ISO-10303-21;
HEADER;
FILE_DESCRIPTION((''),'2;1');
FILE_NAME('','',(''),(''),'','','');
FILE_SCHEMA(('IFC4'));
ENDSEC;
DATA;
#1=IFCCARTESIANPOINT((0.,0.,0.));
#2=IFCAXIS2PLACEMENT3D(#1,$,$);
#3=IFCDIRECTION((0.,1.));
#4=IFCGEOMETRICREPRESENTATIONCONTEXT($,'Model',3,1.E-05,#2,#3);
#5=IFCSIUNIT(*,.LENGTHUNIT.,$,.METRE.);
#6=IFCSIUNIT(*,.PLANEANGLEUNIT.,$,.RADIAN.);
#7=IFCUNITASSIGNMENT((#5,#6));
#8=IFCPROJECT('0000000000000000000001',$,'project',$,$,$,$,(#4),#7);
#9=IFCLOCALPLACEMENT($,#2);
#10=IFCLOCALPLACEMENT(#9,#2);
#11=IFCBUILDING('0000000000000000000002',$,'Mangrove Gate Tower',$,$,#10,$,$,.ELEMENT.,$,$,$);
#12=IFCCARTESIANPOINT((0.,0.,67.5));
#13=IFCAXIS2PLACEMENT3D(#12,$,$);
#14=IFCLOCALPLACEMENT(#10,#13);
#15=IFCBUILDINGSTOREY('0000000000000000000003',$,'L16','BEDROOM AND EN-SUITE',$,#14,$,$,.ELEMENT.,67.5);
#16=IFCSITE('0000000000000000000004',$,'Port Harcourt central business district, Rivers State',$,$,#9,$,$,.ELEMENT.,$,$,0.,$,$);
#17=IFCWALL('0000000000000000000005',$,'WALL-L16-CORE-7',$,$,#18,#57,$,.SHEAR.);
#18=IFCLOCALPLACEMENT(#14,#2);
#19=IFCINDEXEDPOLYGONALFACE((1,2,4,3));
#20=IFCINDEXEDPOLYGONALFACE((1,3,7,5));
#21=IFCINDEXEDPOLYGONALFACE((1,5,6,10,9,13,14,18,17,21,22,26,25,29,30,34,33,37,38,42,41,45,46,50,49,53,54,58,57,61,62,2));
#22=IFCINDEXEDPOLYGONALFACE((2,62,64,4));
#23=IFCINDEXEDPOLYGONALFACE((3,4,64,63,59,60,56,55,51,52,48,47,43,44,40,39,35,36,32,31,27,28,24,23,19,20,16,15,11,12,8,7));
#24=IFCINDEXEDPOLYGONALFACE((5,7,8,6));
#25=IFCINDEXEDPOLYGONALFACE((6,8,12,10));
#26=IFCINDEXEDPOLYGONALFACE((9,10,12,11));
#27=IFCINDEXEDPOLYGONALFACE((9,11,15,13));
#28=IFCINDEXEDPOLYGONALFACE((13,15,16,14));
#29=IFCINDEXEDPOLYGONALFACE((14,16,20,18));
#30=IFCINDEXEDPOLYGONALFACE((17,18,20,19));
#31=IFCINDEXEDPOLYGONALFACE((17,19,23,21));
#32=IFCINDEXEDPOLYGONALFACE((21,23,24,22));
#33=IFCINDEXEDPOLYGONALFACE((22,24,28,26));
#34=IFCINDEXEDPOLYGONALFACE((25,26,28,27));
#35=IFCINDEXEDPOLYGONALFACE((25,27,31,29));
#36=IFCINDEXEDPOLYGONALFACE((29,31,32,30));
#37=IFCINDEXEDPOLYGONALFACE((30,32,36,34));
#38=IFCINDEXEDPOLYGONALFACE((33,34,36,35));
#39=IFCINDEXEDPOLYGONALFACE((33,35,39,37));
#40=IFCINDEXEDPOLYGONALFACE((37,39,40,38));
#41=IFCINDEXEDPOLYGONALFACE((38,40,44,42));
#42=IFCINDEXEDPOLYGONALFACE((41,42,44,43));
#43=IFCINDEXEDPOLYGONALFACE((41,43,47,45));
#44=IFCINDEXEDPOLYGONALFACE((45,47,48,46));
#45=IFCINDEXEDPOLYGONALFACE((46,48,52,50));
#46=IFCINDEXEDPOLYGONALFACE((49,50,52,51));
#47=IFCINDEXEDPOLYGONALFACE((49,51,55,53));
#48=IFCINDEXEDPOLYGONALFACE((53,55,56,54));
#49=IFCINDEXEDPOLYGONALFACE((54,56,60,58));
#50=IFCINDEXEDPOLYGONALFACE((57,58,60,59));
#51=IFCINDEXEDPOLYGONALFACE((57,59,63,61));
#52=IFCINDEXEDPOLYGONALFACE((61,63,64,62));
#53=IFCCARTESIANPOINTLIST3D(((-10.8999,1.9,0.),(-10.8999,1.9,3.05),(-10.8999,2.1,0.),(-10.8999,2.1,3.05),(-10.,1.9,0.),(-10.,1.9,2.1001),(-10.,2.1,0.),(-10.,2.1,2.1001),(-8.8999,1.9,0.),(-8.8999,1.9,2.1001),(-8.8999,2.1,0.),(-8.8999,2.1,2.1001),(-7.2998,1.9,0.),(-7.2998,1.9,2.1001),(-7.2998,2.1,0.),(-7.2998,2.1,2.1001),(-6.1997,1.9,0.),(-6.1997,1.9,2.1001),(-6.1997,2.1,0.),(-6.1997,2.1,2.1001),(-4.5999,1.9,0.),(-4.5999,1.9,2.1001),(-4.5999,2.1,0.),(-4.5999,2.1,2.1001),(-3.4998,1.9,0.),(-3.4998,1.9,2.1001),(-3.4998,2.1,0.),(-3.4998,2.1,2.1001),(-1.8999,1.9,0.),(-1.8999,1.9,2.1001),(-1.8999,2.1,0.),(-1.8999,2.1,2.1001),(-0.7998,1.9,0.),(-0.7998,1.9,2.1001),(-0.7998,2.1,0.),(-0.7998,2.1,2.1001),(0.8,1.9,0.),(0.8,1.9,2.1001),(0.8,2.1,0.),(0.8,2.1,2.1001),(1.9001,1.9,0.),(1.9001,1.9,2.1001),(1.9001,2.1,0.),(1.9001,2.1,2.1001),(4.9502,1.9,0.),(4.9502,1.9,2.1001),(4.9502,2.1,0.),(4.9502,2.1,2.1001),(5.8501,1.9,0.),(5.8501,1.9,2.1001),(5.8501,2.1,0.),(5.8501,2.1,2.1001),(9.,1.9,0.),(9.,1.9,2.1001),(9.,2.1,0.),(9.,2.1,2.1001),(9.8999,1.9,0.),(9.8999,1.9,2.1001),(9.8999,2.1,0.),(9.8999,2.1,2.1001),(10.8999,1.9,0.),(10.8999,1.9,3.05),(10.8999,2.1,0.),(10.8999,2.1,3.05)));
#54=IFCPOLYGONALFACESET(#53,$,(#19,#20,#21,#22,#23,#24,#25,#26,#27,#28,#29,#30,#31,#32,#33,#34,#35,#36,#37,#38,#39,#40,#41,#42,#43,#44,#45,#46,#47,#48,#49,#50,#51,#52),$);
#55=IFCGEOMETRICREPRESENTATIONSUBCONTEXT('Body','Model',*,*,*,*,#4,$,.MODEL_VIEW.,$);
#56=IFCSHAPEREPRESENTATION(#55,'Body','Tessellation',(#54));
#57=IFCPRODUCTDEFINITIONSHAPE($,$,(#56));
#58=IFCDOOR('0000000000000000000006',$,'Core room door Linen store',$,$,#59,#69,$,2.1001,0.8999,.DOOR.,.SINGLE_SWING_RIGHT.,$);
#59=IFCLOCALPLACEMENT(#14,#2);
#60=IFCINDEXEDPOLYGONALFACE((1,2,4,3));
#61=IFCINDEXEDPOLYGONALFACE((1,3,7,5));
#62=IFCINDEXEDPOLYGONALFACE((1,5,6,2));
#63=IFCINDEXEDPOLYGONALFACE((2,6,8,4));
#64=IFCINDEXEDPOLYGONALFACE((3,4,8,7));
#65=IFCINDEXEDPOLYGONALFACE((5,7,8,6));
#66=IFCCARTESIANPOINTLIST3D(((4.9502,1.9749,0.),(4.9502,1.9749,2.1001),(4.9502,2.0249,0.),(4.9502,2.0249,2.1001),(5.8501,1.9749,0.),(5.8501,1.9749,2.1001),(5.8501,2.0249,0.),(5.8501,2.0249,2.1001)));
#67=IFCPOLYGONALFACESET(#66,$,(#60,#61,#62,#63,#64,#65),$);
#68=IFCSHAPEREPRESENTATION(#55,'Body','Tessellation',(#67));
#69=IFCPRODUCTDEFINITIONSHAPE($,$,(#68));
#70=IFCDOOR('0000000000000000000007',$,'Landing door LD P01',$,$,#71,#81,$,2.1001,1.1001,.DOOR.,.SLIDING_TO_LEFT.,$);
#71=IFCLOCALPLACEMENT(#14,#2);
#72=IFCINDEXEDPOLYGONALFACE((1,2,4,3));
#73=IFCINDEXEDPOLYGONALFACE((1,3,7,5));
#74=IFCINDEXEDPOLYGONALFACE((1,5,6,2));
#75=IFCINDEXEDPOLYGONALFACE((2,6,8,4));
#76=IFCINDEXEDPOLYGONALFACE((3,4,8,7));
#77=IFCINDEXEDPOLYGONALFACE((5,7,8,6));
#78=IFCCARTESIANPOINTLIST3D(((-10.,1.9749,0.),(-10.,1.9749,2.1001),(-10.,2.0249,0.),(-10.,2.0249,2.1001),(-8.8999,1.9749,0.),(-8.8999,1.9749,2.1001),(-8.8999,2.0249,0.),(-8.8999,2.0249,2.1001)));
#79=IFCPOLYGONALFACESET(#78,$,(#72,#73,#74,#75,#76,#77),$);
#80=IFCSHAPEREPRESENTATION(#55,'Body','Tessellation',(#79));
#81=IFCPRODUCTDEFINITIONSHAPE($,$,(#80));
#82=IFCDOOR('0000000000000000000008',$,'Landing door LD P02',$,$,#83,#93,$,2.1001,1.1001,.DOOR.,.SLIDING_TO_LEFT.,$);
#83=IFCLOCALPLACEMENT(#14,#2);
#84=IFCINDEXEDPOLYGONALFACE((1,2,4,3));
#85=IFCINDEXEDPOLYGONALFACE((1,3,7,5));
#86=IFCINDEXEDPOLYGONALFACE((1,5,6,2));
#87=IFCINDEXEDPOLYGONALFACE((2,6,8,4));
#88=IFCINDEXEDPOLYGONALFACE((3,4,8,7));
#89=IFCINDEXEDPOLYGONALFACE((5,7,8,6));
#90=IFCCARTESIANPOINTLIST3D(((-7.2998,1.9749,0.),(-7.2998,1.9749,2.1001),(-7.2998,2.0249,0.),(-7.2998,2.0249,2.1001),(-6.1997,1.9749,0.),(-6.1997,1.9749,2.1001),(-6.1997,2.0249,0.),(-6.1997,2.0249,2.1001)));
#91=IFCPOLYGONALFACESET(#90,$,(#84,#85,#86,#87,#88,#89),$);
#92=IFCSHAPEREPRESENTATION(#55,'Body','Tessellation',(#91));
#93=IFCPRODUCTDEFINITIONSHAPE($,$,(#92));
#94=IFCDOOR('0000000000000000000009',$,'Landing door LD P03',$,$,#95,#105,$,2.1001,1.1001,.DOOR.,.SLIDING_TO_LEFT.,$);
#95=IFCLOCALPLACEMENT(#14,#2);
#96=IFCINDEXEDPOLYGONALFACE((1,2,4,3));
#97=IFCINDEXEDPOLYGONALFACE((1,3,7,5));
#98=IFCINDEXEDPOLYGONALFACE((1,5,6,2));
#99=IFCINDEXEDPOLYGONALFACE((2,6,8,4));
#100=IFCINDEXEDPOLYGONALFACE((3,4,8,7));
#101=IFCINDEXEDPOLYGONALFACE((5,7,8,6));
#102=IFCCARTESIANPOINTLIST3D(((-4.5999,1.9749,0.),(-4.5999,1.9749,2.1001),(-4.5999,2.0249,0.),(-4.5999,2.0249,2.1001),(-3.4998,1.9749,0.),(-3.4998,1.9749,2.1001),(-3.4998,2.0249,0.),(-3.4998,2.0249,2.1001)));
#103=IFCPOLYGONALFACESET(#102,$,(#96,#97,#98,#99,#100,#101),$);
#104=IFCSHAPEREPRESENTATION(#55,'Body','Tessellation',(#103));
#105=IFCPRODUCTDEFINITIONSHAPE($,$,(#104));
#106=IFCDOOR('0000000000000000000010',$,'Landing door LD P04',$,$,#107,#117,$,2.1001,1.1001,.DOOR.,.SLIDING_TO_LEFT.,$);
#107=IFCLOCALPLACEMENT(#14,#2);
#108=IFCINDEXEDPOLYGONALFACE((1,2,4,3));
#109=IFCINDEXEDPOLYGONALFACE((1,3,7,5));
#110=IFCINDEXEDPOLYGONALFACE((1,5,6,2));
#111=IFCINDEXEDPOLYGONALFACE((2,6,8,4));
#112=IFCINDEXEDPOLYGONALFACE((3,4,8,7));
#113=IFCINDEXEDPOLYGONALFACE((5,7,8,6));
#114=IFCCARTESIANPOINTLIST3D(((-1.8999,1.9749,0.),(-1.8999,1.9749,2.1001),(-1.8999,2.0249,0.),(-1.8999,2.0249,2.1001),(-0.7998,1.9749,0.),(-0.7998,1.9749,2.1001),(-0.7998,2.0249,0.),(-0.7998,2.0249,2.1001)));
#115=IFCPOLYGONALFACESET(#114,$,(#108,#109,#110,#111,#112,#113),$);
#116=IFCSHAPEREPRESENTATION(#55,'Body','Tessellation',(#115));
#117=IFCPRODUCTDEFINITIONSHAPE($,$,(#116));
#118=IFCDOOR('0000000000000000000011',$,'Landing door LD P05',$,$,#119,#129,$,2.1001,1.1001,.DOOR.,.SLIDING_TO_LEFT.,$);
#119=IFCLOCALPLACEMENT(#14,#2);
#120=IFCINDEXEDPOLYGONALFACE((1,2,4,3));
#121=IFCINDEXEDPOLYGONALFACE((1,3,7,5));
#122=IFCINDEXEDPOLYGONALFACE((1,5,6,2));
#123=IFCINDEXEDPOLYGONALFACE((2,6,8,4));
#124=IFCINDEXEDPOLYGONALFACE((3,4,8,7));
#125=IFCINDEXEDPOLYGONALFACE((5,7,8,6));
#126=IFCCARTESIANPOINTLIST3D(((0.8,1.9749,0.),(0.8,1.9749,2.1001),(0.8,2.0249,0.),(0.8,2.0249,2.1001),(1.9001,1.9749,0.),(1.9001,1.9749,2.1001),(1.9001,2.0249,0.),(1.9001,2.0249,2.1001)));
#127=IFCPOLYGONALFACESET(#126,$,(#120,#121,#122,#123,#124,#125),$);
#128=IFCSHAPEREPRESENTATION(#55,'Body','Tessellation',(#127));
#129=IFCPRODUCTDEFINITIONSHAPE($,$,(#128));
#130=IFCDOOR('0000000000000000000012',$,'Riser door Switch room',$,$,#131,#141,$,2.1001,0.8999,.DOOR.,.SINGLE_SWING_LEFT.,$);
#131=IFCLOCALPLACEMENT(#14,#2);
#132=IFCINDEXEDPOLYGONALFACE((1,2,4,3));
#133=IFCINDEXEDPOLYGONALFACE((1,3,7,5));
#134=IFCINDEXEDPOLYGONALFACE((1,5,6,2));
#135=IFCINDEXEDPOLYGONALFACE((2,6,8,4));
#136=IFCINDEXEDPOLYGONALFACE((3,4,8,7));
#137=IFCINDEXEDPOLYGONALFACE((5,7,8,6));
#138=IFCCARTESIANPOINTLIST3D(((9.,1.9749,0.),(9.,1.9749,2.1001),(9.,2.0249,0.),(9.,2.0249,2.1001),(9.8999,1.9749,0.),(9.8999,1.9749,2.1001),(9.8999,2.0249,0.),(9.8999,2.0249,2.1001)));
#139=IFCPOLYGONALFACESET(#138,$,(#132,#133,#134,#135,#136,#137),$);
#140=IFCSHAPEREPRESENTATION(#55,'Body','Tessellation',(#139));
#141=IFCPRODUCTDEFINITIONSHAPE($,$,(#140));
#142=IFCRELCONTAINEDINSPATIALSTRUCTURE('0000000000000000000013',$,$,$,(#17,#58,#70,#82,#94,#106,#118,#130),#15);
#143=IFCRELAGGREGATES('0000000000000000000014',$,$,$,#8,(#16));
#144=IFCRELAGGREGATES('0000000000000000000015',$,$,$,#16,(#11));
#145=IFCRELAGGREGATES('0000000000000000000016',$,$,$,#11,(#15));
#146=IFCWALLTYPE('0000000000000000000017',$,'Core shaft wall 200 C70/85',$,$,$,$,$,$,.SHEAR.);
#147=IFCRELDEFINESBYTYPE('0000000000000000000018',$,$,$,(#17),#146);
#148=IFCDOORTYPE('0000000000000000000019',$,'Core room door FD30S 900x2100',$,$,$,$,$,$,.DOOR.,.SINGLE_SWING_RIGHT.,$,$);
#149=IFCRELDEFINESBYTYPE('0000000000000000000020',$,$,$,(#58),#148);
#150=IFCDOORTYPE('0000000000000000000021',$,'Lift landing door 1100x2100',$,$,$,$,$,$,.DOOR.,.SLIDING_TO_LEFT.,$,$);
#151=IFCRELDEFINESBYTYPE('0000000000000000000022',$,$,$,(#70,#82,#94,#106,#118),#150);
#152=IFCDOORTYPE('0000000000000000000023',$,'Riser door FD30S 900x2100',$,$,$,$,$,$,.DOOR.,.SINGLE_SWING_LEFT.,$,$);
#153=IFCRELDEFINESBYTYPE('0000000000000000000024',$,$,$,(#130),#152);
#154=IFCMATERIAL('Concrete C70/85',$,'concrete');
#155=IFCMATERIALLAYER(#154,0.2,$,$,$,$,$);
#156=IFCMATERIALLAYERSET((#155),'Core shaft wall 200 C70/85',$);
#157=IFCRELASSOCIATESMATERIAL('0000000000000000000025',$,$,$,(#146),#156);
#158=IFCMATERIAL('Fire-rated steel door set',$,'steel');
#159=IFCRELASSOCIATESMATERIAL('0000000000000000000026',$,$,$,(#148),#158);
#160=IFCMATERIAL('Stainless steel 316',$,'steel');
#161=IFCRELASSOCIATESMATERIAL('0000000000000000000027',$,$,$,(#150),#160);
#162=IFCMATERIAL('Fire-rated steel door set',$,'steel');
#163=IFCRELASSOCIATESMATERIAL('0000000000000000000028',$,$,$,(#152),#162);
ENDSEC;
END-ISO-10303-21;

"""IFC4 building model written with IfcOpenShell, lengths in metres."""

from ifc_helpers import new_model, si_unit, direction, frame, frame_2d, origin, place, context, subcontext, project, spatial, rectangle, extrude, material, layer, layer_set, type_object, element, fill, save


model = new_model("IFC4")

# Units and contexts
model_context = context("Model", 3, precision=1e-05, world=origin(), true_north=direction((0.0, 1.0)))
body_context = subcontext(model_context, "Body", "Model", "MODEL_VIEW")
ifc_project = project(units=[si_unit("LENGTHUNIT", "METRE"), si_unit("PLANEANGLEUNIT", "RADIAN")], contexts=[model_context])

# Site, building, storey
site_placement = place(None, origin())
site = spatial("IfcSite", under=ifc_project, at=site_placement, Name="Port Harcourt central business district, Rivers State", CompositionType="ELEMENT", RefElevation=0.0)
building_placement = place(site_placement, origin())
building = spatial("IfcBuilding", under=site, at=building_placement, Name="Mangrove Gate Tower", CompositionType="ELEMENT")
storey_placement = place(building_placement, frame((0.0, 0.0, 67.5)))
storey = spatial("IfcBuildingStorey", under=building, at=storey_placement, Name="L16", Description="BEDROOM AND EN-SUITE", CompositionType="ELEMENT", Elevation=67.5)

# Wall, openings, doors
ifc_material_1 = material(Name="Concrete C70/85", Category="concrete")
ifc_layer = layer(ifc_material_1, 0.2)
ifc_layer_set = layer_set([ifc_layer], Name="Core shaft wall 200 C70/85")
wall_type = type_object("IfcWallType", Name="Core shaft wall 200 C70/85", PredefinedType="SHEAR", material=ifc_layer_set)
wall_1_placement = place(storey_placement, frame((-10.8999, 2.0, 0.0), z_axis=(0.0, 0.0, 1.0), x_axis=(1.0, 0.0, 0.0)))
wall_1 = element("IfcWall", 1, at=wall_1_placement, inside=storey, type_object=wall_type, Name="WALL-L16-CORE-7", PredefinedType="SHEAR", context=body_context, shape_type="SweptSolid", body=[
    extrude(rectangle(XDim=21.7998, YDim=0.2, at=frame_2d((10.8999, 0.0))), origin(), (0.0, 0.0, 1.0), 3.05),
])
opening_1_placement = place(wall_1_placement, frame((0.8999, 0.0, 0.0)))
opening_1 = element("IfcOpeningElement", 2, at=opening_1_placement, cuts=wall_1, PredefinedType="OPENING", context=body_context, shape_type="SweptSolid", body=[
    extrude(rectangle(XDim=1.1001, YDim=2.1001, at=frame_2d((0.55, 1.05))), frame((0.0, 0.1099, 0.0), z_axis=(0.0, -1.0, 0.0), x_axis=(1.0, 0.0, 0.0)), (0.0, 0.0, 1.0), 0.22),
])
opening_2_placement = place(wall_1_placement, frame((3.6001, 0.0, 0.0)))
opening_2 = element("IfcOpeningElement", 3, at=opening_2_placement, cuts=wall_1, PredefinedType="OPENING", context=body_context, shape_type="SweptSolid", body=[
    extrude(rectangle(XDim=1.1001, YDim=2.1001, at=frame_2d((0.55, 1.05))), frame((0.0, 0.1099, 0.0), z_axis=(0.0, -1.0, 0.0), x_axis=(1.0, 0.0, 0.0)), (0.0, 0.0, 1.0), 0.22),
])
opening_3_placement = place(wall_1_placement, frame((6.3, 0.0, 0.0)))
opening_3 = element("IfcOpeningElement", 4, at=opening_3_placement, cuts=wall_1, PredefinedType="OPENING", context=body_context, shape_type="SweptSolid", body=[
    extrude(rectangle(XDim=1.1001, YDim=2.1001, at=frame_2d((0.55, 1.05))), frame((0.0, 0.1099, 0.0), z_axis=(0.0, -1.0, 0.0), x_axis=(1.0, 0.0, 0.0)), (0.0, 0.0, 1.0), 0.22),
])
opening_4_placement = place(wall_1_placement, frame((9.0, 0.0, 0.0)))
opening_4 = element("IfcOpeningElement", 5, at=opening_4_placement, cuts=wall_1, PredefinedType="OPENING", context=body_context, shape_type="SweptSolid", body=[
    extrude(rectangle(XDim=1.1001, YDim=2.1001, at=frame_2d((0.55, 1.05))), frame((0.0, 0.1099, 0.0), z_axis=(0.0, -1.0, 0.0), x_axis=(1.0, 0.0, 0.0)), (0.0, 0.0, 1.0), 0.22),
])
opening_5_placement = place(wall_1_placement, frame((11.7, 0.0, 0.0)))
opening_5 = element("IfcOpeningElement", 6, at=opening_5_placement, cuts=wall_1, PredefinedType="OPENING", context=body_context, shape_type="SweptSolid", body=[
    extrude(rectangle(XDim=1.1001, YDim=2.1001, at=frame_2d((0.55, 1.05))), frame((0.0, 0.1099, 0.0), z_axis=(0.0, -1.0, 0.0), x_axis=(1.0, 0.0, 0.0)), (0.0, 0.0, 1.0), 0.22),
])
opening_6_placement = place(wall_1_placement, frame((15.8501, 0.0, 0.0)))
opening_6 = element("IfcOpeningElement", 7, at=opening_6_placement, cuts=wall_1, PredefinedType="OPENING", context=body_context, shape_type="SweptSolid", body=[
    extrude(rectangle(XDim=0.8999, YDim=2.1001, at=frame_2d((0.45, 1.05))), frame((0.0, 0.1099, 0.0), z_axis=(0.0, -1.0, 0.0), x_axis=(1.0, 0.0, 0.0)), (0.0, 0.0, 1.0), 0.22),
])
opening_7_placement = place(wall_1_placement, frame((19.8999, 0.0, 0.0)))
opening_7 = element("IfcOpeningElement", 8, at=opening_7_placement, cuts=wall_1, PredefinedType="OPENING", context=body_context, shape_type="SweptSolid", body=[
    extrude(rectangle(XDim=0.8999, YDim=2.1001, at=frame_2d((0.45, 1.05))), frame((0.0, 0.1099, 0.0), z_axis=(0.0, -1.0, 0.0), x_axis=(1.0, 0.0, 0.0)), (0.0, 0.0, 1.0), 0.22),
])
ifc_material_2 = material(Name="Fire-rated steel door set", Category="steel")
door_type_1 = type_object("IfcDoorType", Name="Core room door FD30S 900x2100", OperationType="SINGLE_SWING_RIGHT", PredefinedType="DOOR", material=ifc_material_2)
door_1_placement = place(opening_6_placement, origin())
door_1 = element("IfcDoor", 9, at=door_1_placement, inside=storey, type_object=door_type_1, Name="Core room door Linen store", OperationType="SINGLE_SWING_RIGHT", OverallHeight=2.1001, OverallWidth=0.8999, PredefinedType="DOOR", context=body_context, shape_type="SweptSolid", body=[
    extrude(rectangle(XDim=0.8999, YDim=2.1001, at=frame_2d((0.45, 1.05))), frame((0.0, 0.0249, 0.0), z_axis=(0.0, -1.0, 0.0), x_axis=(1.0, 0.0, 0.0)), (0.0, 0.0, 1.0), 0.05),
])
fill(opening_6, door_1)
ifc_material_3 = material(Name="Stainless steel 316", Category="steel")
door_type_2 = type_object("IfcDoorType", Name="Lift landing door 1100x2100", OperationType="SLIDING_TO_LEFT", PredefinedType="DOOR", material=ifc_material_3)
door_2_placement = place(opening_1_placement, origin())
door_2 = element("IfcDoor", 10, at=door_2_placement, inside=storey, type_object=door_type_2, Name="Landing door LD P01", OperationType="SLIDING_TO_LEFT", OverallHeight=2.1001, OverallWidth=1.1001, PredefinedType="DOOR", context=body_context, shape_type="SweptSolid", body=[
    extrude(rectangle(XDim=1.1001, YDim=2.1001, at=frame_2d((0.55, 1.05))), frame((0.0, 0.0249, 0.0), z_axis=(0.0, -1.0, 0.0), x_axis=(1.0, 0.0, 0.0)), (0.0, 0.0, 1.0), 0.05),
])
fill(opening_1, door_2)
door_3_placement = place(opening_2_placement, origin())
door_3 = element("IfcDoor", 11, at=door_3_placement, inside=storey, type_object=door_type_2, Name="Landing door LD P02", OperationType="SLIDING_TO_LEFT", OverallHeight=2.1001, OverallWidth=1.1001, PredefinedType="DOOR", context=body_context, shape_type="SweptSolid", body=[
    extrude(rectangle(XDim=1.1001, YDim=2.1001, at=frame_2d((0.55, 1.05))), frame((0.0, 0.0249, 0.0), z_axis=(0.0, -1.0, 0.0), x_axis=(1.0, 0.0, 0.0)), (0.0, 0.0, 1.0), 0.05),
])
fill(opening_2, door_3)
door_4_placement = place(opening_3_placement, origin())
door_4 = element("IfcDoor", 12, at=door_4_placement, inside=storey, type_object=door_type_2, Name="Landing door LD P03", OperationType="SLIDING_TO_LEFT", OverallHeight=2.1001, OverallWidth=1.1001, PredefinedType="DOOR", context=body_context, shape_type="SweptSolid", body=[
    extrude(rectangle(XDim=1.1001, YDim=2.1001, at=frame_2d((0.55, 1.05))), frame((0.0, 0.0249, 0.0), z_axis=(0.0, -1.0, 0.0), x_axis=(1.0, 0.0, 0.0)), (0.0, 0.0, 1.0), 0.05),
])
fill(opening_3, door_4)
door_5_placement = place(opening_4_placement, origin())
door_5 = element("IfcDoor", 13, at=door_5_placement, inside=storey, type_object=door_type_2, Name="Landing door LD P04", OperationType="SLIDING_TO_LEFT", OverallHeight=2.1001, OverallWidth=1.1001, PredefinedType="DOOR", context=body_context, shape_type="SweptSolid", body=[
    extrude(rectangle(XDim=1.1001, YDim=2.1001, at=frame_2d((0.55, 1.05))), frame((0.0, 0.0249, 0.0), z_axis=(0.0, -1.0, 0.0), x_axis=(1.0, 0.0, 0.0)), (0.0, 0.0, 1.0), 0.05),
])
fill(opening_4, door_5)
door_6_placement = place(opening_5_placement, origin())
door_6 = element("IfcDoor", 14, at=door_6_placement, inside=storey, type_object=door_type_2, Name="Landing door LD P05", OperationType="SLIDING_TO_LEFT", OverallHeight=2.1001, OverallWidth=1.1001, PredefinedType="DOOR", context=body_context, shape_type="SweptSolid", body=[
    extrude(rectangle(XDim=1.1001, YDim=2.1001, at=frame_2d((0.55, 1.05))), frame((0.0, 0.0249, 0.0), z_axis=(0.0, -1.0, 0.0), x_axis=(1.0, 0.0, 0.0)), (0.0, 0.0, 1.0), 0.05),
])
fill(opening_5, door_6)
ifc_material_4 = material(Name="Fire-rated steel door set", Category="steel")
door_type_3 = type_object("IfcDoorType", Name="Riser door FD30S 900x2100", OperationType="SINGLE_SWING_LEFT", PredefinedType="DOOR", material=ifc_material_4)
door_7_placement = place(opening_7_placement, origin())
door_7 = element("IfcDoor", 15, at=door_7_placement, inside=storey, type_object=door_type_3, Name="Riser door Switch room", OperationType="SINGLE_SWING_LEFT", OverallHeight=2.1001, OverallWidth=0.8999, PredefinedType="DOOR", context=body_context, shape_type="SweptSolid", body=[
    extrude(rectangle(XDim=0.8999, YDim=2.1001, at=frame_2d((0.45, 1.05))), frame((0.0, 0.0249, 0.0), z_axis=(0.0, -1.0, 0.0), x_axis=(1.0, 0.0, 0.0)), (0.0, 0.0, 1.0), 0.05),
])
fill(opening_7, door_7)

save(model, "model.ifc")
